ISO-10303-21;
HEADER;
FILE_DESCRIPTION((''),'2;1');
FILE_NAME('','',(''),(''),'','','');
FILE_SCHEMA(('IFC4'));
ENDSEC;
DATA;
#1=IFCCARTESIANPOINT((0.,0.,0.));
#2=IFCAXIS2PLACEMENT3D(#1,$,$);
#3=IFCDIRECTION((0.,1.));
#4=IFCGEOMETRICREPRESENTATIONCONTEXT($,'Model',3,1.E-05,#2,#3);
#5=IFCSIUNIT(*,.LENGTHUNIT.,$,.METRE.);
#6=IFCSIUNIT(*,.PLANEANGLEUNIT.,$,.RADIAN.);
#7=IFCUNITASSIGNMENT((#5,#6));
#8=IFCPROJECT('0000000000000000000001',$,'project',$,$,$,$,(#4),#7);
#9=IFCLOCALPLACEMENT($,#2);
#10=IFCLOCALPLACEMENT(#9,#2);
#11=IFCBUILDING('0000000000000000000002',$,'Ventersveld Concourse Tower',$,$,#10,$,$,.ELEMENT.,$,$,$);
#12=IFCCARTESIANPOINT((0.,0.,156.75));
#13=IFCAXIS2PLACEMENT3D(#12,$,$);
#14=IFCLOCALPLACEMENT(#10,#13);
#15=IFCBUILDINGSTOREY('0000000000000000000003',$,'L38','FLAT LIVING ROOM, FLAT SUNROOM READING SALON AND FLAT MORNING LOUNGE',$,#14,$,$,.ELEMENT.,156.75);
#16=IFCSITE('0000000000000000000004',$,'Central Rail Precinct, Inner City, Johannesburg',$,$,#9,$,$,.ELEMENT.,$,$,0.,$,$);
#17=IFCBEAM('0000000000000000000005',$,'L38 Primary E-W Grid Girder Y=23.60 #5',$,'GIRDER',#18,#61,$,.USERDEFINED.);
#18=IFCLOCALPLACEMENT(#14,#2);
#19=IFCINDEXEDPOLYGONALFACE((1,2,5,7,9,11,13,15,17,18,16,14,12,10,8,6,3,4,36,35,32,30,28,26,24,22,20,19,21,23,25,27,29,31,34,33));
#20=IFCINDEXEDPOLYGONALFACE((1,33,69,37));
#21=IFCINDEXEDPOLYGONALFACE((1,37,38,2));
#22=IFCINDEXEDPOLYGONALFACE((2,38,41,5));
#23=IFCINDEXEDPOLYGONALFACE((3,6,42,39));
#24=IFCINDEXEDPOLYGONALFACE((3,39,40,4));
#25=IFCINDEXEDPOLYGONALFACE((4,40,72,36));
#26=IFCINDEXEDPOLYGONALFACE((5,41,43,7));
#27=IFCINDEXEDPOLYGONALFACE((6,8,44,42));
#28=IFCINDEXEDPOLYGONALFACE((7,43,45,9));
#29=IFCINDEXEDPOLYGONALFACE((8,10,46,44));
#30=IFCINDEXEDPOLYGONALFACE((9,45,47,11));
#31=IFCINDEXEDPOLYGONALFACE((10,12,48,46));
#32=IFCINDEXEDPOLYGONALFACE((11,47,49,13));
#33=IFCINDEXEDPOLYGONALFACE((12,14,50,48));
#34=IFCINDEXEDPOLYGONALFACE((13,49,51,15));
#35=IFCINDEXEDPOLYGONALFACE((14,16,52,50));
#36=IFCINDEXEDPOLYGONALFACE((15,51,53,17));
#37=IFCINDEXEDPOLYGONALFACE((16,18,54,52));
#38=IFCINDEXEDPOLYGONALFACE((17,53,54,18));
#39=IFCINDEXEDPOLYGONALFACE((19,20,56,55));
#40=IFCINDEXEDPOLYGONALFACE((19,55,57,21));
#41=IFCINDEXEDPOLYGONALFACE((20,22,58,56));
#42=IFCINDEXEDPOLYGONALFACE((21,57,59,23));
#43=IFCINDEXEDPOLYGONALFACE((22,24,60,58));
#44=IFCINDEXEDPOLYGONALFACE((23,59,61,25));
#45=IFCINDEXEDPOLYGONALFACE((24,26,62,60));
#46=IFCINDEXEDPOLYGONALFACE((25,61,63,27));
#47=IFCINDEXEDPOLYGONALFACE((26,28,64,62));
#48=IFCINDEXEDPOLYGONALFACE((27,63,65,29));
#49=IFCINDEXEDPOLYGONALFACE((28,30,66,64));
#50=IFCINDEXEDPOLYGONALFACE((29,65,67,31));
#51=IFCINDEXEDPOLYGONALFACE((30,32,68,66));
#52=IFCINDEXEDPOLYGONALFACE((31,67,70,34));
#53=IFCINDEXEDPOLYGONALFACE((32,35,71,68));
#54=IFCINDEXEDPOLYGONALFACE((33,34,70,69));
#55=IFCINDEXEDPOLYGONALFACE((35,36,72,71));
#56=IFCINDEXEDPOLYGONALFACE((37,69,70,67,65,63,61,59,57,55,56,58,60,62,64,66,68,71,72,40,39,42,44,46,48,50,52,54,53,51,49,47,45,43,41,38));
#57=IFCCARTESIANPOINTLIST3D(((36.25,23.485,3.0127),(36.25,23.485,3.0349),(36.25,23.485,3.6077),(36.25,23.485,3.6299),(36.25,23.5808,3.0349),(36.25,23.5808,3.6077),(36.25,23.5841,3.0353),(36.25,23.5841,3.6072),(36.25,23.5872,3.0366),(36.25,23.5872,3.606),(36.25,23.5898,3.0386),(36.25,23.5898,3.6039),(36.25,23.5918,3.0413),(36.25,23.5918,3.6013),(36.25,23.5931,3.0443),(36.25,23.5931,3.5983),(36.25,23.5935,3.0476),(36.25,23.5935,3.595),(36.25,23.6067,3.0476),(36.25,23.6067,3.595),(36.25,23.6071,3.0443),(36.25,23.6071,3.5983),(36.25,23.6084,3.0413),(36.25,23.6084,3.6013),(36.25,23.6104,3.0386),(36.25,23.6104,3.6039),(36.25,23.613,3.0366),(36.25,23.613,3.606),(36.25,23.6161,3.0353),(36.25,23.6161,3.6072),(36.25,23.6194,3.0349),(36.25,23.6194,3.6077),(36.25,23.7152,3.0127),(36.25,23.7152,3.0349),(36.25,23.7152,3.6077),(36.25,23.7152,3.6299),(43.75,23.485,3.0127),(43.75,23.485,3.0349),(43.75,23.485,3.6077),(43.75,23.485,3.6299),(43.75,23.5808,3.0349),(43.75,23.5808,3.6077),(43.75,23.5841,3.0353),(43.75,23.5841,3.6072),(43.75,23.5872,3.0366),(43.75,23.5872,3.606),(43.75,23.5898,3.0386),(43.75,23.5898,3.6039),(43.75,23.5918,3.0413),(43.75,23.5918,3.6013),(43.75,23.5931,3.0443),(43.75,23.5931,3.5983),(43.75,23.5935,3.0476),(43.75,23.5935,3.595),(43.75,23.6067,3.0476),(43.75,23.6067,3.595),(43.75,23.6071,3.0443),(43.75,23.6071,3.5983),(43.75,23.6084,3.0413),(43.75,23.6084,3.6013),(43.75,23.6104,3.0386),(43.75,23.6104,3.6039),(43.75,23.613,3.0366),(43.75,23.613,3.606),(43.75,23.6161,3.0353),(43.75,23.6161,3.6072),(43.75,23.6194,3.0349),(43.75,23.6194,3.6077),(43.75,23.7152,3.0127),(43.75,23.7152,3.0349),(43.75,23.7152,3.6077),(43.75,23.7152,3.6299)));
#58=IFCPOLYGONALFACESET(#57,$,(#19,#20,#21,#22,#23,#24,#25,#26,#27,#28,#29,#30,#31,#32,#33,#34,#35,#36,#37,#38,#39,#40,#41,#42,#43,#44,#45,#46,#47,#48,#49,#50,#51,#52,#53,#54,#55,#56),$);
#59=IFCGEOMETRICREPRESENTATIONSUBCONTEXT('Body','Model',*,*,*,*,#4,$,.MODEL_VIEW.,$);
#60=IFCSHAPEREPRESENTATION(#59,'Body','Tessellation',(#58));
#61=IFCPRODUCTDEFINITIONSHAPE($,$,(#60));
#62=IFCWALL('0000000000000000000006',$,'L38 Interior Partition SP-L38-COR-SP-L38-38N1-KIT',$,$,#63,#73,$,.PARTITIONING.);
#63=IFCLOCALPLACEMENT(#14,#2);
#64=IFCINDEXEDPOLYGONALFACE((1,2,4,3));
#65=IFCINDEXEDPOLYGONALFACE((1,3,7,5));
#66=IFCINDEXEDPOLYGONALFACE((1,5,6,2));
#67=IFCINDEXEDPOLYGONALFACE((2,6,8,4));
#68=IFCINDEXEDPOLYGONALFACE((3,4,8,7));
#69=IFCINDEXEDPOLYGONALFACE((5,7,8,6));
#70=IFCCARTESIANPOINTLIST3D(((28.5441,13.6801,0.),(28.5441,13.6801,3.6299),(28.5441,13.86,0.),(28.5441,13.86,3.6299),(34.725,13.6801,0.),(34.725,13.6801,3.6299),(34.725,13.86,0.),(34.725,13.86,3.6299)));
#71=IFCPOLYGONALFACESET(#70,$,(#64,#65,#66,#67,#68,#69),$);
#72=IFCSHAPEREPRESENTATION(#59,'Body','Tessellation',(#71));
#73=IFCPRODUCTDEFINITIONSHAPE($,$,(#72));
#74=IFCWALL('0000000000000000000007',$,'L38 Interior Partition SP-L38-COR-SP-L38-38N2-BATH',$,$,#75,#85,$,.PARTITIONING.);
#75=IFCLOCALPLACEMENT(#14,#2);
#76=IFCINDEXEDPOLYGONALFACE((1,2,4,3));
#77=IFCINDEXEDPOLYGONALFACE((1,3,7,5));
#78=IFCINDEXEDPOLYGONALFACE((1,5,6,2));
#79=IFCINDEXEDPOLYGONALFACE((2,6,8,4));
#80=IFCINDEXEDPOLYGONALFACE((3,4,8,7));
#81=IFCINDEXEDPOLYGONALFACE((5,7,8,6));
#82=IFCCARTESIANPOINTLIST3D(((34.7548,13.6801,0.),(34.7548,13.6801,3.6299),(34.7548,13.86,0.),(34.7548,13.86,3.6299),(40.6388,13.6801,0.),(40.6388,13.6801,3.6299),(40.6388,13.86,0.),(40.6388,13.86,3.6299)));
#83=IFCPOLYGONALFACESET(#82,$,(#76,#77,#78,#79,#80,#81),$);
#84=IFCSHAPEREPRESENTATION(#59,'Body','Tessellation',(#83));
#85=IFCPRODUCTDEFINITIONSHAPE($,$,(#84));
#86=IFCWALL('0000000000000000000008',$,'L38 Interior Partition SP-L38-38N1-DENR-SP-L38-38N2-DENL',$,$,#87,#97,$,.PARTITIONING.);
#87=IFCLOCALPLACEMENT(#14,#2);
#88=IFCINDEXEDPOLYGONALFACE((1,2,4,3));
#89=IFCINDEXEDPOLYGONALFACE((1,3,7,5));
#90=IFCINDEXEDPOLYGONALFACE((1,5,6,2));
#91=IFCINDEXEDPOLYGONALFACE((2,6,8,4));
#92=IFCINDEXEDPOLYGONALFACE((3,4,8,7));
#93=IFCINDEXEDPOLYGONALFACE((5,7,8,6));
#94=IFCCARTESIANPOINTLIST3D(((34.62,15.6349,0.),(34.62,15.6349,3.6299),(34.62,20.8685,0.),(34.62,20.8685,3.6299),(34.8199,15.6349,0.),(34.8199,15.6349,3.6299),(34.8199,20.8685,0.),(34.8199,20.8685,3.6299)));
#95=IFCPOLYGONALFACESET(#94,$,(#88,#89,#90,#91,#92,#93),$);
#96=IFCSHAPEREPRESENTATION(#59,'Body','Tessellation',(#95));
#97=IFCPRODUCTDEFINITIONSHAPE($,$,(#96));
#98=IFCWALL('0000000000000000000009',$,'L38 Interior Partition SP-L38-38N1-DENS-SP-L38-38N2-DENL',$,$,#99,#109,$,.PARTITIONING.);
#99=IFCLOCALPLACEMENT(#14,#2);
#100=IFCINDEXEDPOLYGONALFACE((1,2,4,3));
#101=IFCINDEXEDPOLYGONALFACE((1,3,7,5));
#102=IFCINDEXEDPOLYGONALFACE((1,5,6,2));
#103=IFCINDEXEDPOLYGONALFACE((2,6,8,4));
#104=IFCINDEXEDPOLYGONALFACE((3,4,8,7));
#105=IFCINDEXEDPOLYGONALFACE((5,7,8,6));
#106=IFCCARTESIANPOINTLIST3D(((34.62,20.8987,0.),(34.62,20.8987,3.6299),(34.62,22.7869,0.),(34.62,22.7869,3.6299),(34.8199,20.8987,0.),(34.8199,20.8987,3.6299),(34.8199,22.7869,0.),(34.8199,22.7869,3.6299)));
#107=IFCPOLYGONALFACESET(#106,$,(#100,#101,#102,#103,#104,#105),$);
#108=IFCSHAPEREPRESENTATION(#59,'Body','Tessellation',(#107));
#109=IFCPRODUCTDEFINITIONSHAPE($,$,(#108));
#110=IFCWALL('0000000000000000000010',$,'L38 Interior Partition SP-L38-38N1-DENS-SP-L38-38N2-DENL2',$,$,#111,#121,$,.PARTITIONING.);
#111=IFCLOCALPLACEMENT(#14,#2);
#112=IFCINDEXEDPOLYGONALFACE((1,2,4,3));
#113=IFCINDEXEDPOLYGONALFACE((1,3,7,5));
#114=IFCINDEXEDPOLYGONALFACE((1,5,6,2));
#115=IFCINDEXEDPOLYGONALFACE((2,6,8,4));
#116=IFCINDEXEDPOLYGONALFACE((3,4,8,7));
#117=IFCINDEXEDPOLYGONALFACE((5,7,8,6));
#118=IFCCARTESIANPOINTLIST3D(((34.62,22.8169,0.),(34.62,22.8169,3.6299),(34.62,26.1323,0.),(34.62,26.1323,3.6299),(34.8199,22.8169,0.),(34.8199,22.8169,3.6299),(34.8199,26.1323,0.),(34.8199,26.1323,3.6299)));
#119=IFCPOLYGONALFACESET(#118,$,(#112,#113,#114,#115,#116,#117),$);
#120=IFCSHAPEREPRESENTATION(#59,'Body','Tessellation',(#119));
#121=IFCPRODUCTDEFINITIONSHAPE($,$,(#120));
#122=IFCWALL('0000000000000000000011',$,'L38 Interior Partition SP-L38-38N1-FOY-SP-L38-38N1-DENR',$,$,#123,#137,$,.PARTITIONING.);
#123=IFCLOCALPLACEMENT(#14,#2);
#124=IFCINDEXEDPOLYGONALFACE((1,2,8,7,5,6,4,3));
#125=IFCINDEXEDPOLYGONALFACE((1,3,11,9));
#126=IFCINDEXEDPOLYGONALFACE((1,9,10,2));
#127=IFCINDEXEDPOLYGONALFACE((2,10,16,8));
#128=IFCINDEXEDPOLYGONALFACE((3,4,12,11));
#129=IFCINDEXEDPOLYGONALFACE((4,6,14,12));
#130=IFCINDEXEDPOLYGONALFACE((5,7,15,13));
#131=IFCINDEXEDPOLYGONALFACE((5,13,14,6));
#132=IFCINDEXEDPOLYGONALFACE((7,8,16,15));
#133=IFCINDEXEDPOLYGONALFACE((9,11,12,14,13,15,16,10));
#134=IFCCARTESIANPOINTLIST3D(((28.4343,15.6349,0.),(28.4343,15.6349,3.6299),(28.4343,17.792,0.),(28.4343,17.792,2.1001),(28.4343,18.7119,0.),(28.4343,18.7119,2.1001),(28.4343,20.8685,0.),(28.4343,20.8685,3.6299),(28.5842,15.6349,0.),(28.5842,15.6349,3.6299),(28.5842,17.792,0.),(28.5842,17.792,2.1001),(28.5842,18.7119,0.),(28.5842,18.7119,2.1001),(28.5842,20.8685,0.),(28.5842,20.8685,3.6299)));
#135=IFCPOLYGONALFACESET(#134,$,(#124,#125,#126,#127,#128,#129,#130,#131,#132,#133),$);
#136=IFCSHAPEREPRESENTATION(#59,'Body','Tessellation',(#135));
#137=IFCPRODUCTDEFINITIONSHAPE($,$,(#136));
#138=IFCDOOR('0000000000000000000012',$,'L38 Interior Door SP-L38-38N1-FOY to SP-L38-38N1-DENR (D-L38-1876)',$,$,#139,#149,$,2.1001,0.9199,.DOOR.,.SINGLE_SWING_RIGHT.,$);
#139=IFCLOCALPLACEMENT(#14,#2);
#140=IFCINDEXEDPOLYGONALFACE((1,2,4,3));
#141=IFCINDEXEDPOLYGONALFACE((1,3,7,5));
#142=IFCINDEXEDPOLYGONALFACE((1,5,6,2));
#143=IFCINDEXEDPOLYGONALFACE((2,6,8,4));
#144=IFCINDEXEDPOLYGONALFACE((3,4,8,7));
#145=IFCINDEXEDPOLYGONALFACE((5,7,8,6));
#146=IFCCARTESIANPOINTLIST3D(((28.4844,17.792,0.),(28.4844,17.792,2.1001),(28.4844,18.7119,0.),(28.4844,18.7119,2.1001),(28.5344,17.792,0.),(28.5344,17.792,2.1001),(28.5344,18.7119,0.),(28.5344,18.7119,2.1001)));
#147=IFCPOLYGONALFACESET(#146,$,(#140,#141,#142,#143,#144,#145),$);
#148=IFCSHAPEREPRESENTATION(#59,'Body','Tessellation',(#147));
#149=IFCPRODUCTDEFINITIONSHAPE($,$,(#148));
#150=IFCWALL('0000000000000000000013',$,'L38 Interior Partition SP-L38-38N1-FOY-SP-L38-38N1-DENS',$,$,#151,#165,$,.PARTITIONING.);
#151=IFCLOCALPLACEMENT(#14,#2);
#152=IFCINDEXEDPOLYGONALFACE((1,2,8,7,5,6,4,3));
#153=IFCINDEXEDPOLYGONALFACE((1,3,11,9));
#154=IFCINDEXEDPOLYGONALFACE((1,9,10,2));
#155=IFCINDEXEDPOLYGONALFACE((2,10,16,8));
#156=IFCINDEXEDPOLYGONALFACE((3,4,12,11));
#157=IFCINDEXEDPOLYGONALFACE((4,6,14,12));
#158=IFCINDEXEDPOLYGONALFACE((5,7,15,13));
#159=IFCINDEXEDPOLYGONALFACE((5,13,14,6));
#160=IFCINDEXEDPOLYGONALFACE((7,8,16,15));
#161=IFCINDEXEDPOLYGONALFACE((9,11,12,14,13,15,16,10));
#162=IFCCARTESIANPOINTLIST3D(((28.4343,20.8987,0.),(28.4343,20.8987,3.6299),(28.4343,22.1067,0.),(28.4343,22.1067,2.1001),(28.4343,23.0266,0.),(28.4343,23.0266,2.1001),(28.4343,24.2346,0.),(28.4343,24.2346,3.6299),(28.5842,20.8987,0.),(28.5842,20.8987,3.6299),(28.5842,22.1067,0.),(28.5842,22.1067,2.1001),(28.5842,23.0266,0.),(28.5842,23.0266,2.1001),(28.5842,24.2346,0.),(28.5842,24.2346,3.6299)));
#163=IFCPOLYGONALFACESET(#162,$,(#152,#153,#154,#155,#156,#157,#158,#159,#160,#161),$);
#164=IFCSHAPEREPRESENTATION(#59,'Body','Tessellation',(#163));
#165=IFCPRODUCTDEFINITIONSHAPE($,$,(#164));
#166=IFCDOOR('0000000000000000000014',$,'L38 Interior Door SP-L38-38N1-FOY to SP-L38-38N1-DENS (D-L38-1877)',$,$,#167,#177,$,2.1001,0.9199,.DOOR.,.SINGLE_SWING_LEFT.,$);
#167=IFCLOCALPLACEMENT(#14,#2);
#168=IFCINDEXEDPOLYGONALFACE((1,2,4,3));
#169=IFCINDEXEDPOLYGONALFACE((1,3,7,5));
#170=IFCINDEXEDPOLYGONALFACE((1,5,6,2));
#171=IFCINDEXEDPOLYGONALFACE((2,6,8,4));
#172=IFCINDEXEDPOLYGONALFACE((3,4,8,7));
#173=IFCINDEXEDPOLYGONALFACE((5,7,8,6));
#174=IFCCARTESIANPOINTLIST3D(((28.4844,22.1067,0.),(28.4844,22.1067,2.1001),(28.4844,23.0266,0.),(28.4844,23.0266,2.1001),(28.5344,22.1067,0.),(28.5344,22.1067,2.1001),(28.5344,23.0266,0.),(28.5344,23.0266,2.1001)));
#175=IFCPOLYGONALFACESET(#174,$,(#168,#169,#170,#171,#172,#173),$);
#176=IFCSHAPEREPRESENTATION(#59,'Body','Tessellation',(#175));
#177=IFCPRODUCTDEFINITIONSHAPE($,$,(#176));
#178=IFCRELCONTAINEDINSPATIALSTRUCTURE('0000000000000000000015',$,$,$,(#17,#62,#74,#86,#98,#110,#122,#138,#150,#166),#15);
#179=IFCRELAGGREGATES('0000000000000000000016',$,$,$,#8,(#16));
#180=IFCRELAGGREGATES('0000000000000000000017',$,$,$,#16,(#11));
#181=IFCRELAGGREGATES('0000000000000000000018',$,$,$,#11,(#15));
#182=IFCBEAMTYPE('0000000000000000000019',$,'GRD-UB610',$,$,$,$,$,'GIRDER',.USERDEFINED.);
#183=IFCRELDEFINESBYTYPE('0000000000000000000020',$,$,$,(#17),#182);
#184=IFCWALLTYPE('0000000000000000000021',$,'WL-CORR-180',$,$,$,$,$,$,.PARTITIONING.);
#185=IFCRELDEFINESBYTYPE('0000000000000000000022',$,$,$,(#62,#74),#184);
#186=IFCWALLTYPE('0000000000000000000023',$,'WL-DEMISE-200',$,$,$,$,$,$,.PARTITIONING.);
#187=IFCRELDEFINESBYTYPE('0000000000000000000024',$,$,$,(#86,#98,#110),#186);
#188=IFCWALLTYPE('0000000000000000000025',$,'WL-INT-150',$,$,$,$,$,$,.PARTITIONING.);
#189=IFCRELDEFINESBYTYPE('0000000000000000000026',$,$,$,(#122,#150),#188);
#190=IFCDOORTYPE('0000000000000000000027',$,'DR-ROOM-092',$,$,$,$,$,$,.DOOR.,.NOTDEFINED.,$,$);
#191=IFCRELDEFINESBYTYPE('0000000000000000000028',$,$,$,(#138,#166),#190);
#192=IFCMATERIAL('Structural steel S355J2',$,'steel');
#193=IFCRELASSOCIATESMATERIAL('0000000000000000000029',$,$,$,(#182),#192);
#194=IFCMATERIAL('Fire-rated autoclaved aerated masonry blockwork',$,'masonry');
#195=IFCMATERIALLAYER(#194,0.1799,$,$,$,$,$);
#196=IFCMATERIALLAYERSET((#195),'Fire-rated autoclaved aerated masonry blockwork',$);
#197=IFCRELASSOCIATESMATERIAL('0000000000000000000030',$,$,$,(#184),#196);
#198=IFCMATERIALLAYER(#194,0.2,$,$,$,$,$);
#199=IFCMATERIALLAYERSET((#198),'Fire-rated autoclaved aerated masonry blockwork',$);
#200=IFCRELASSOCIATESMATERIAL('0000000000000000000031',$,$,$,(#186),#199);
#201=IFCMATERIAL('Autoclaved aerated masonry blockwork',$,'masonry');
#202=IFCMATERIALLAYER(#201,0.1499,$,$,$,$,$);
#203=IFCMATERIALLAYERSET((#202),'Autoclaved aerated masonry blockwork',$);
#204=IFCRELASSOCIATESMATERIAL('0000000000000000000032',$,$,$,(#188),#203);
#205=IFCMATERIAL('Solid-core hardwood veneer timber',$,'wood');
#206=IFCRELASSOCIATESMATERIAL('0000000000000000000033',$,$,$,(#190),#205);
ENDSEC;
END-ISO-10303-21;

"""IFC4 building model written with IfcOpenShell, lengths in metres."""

from ifc_helpers import new_model, si_unit, direction, frame, frame_2d, origin, origin_2d, place, context, subcontext, project, spatial, rectangle, i_section, extrude, material, layer, layer_set, material_profile, profile_set, type_object, element, fill, save


model = new_model("IFC4")

# Units and contexts
model_context = context("Model", 3, precision=1e-05, world=origin(), true_north=direction((0.0, 1.0)))
body_context = subcontext(model_context, "Body", "Model", "MODEL_VIEW")
ifc_project = project(units=[si_unit("LENGTHUNIT", "METRE"), si_unit("PLANEANGLEUNIT", "RADIAN")], contexts=[model_context])

# Site, building, storey
site_placement = place(None, origin())
site = spatial("IfcSite", under=ifc_project, at=site_placement, Name="Central Rail Precinct, Inner City, Johannesburg", CompositionType="ELEMENT", RefElevation=0.0)
building_placement = place(site_placement, origin())
building = spatial("IfcBuilding", under=site, at=building_placement, Name="Ventersveld Concourse Tower", CompositionType="ELEMENT")
storey_placement = place(building_placement, frame((0.0, 0.0, 156.75)))
storey = spatial("IfcBuildingStorey", under=building, at=storey_placement, Name="L38", Description="FLAT LIVING ROOM, FLAT SUNROOM READING SALON AND FLAT MORNING LOUNGE", CompositionType="ELEMENT", Elevation=156.75)

# Beam
ifc_material_1 = material(Name="Structural steel S355J2", Category="steel")
ifc_material_profile_1 = material_profile(ifc_material_1, i_section(OverallWidth=0.2302, OverallDepth=0.6172, WebThickness=0.0132, FlangeThickness=0.0222, FilletRadius=0.0127, at=origin_2d()), Name="UB 610x229x140")
ifc_profile_set_1 = profile_set([ifc_material_profile_1], Name="Structural steel S355J2")
beam_type_1 = type_object("IfcBeamType", Name="GRD-UB610", ElementType="GIRDER", PredefinedType="USERDEFINED", material=ifc_profile_set_1)
for number, where, z_axis, x_axis, name in (
    (1, (36.25, 23.6001, 3.3213), (1.0, 0.0, 0.0), (0.0, 1.0, 0.0), "L38 Primary E-W Grid Girder Y=23.60 #5"),
):
    element("IfcBeam", number, at=place(storey_placement, frame(where, z_axis=z_axis, x_axis=x_axis)), inside=storey, type_object=beam_type_1, Name=name, ObjectType="GIRDER", PredefinedType="USERDEFINED", context=body_context, shape_type="SweptSolid", body=[
        extrude(i_section(OverallWidth=0.2302, OverallDepth=0.6172, WebThickness=0.0132, FlangeThickness=0.0222, FilletRadius=0.0127, at=origin_2d()), origin(), (0.0, 0.0, 1.0), 7.5),
    ])

# Walls
ifc_material_2 = material(Name="Fire-rated autoclaved aerated masonry blockwork", Category="masonry")
ifc_layer_1 = layer(ifc_material_2, 0.1799)
ifc_layer_set_1 = layer_set([ifc_layer_1], Name="Fire-rated autoclaved aerated masonry blockwork")
wall_type_1 = type_object("IfcWallType", Name="WL-CORR-180", PredefinedType="PARTITIONING", material=ifc_layer_set_1)
wall_1_placement = place(storey_placement, frame((28.5442, 13.77, 0.0), z_axis=(0.0, 0.0, 1.0), x_axis=(1.0, 0.0, 0.0)))
element("IfcWall", 2, at=wall_1_placement, inside=storey, type_object=wall_type_1, Name="L38 Interior Partition SP-L38-COR-SP-L38-38N1-KIT", PredefinedType="PARTITIONING", context=body_context, shape_type="SweptSolid", body=[
    extrude(rectangle(XDim=6.1809, YDim=0.1799, at=frame_2d((3.0903, 0.0))), origin(), (0.0, 0.0, 1.0), 3.6299),
])
wall_2_placement = place(storey_placement, frame((34.7549, 13.77, 0.0), z_axis=(0.0, 0.0, 1.0), x_axis=(1.0, 0.0, 0.0)))
element("IfcWall", 3, at=wall_2_placement, inside=storey, type_object=wall_type_1, Name="L38 Interior Partition SP-L38-COR-SP-L38-38N2-BATH", PredefinedType="PARTITIONING", context=body_context, shape_type="SweptSolid", body=[
    extrude(rectangle(XDim=5.884, YDim=0.1799, at=frame_2d((2.9419, 0.0))), origin(), (0.0, 0.0, 1.0), 3.6299),
])
ifc_layer_2 = layer(ifc_material_2, 0.2)
ifc_layer_set_2 = layer_set([ifc_layer_2], Name="Fire-rated autoclaved aerated masonry blockwork")
wall_type_2 = type_object("IfcWallType", Name="WL-DEMISE-200", PredefinedType="PARTITIONING", material=ifc_layer_set_2)
wall_3_placement = place(storey_placement, frame((34.72, 15.635, 0.0), z_axis=(0.0, 0.0, 1.0), x_axis=(0.0, 1.0, 0.0)))
element("IfcWall", 4, at=wall_3_placement, inside=storey, type_object=wall_type_2, Name="L38 Interior Partition SP-L38-38N1-DENR-SP-L38-38N2-DENL", PredefinedType="PARTITIONING", context=body_context, shape_type="SweptSolid", body=[
    extrude(rectangle(XDim=5.2336, YDim=0.2, at=frame_2d((2.6167, 0.0))), origin(), (0.0, 0.0, 1.0), 3.6299),
])
wall_4_placement = place(storey_placement, frame((34.72, 20.8987, 0.0), z_axis=(0.0, 0.0, 1.0), x_axis=(0.0, 1.0, 0.0)))
element("IfcWall", 5, at=wall_4_placement, inside=storey, type_object=wall_type_2, Name="L38 Interior Partition SP-L38-38N1-DENS-SP-L38-38N2-DENL", PredefinedType="PARTITIONING", context=body_context, shape_type="SweptSolid", body=[
    extrude(rectangle(XDim=1.8882, YDim=0.2, at=frame_2d((0.9441, 0.0))), origin(), (0.0, 0.0, 1.0), 3.6299),
])
wall_5_placement = place(storey_placement, frame((34.72, 22.8169, 0.0), z_axis=(0.0, 0.0, 1.0), x_axis=(0.0, 1.0, 0.0)))
element("IfcWall", 6, at=wall_5_placement, inside=storey, type_object=wall_type_2, Name="L38 Interior Partition SP-L38-38N1-DENS-SP-L38-38N2-DENL2", PredefinedType="PARTITIONING", context=body_context, shape_type="SweptSolid", body=[
    extrude(rectangle(XDim=3.3154, YDim=0.2, at=frame_2d((1.6577, 0.0))), origin(), (0.0, 0.0, 1.0), 3.6299),
])

# Walls, openings, doors
ifc_material_3 = material(Name="Autoclaved aerated masonry blockwork", Category="masonry")
ifc_layer_3 = layer(ifc_material_3, 0.1499)
ifc_layer_set_3 = layer_set([ifc_layer_3], Name="Autoclaved aerated masonry blockwork")
wall_type_3 = type_object("IfcWallType", Name="WL-INT-150", PredefinedType="PARTITIONING", material=ifc_layer_set_3)
wall_6_placement = place(storey_placement, frame((28.5093, 15.635, 0.0), z_axis=(0.0, 0.0, 1.0), x_axis=(0.0, 1.0, 0.0)))
wall_6 = element("IfcWall", 7, at=wall_6_placement, inside=storey, type_object=wall_type_3, Name="L38 Interior Partition SP-L38-38N1-FOY-SP-L38-38N1-DENR", PredefinedType="PARTITIONING", context=body_context, shape_type="SweptSolid", body=[
    extrude(rectangle(XDim=5.2336, YDim=0.1499, at=frame_2d((2.6167, 0.0))), origin(), (0.0, 0.0, 1.0), 3.6299),
])
opening_1_placement = place(wall_6_placement, frame((2.157, 0.0, 0.0)))
opening_1 = element("IfcOpeningElement", 8, at=opening_1_placement, cuts=wall_6, PredefinedType="OPENING", context=body_context, shape_type="SweptSolid", body=[
    extrude(rectangle(XDim=0.9199, YDim=2.1001, at=frame_2d((0.46, 1.05))), frame((0.0, 0.085, 0.0), z_axis=(0.0, -1.0, 0.0), x_axis=(1.0, 0.0, 0.0)), (0.0, 0.0, 1.0), 0.1699),
])
ifc_material_4 = material(Name="Solid-core hardwood veneer timber", Category="wood")
door_type = type_object("IfcDoorType", Name="DR-ROOM-092", OperationType="NOTDEFINED", PredefinedType="DOOR", material=ifc_material_4)
door_1_placement = place(opening_1_placement, origin())
door_1 = element("IfcDoor", 9, at=door_1_placement, inside=storey, type_object=door_type, Name="L38 Interior Door SP-L38-38N1-FOY to SP-L38-38N1-DENR (D-L38-1876)", OperationType="SINGLE_SWING_RIGHT", OverallHeight=2.1001, OverallWidth=0.9199, PredefinedType="DOOR", context=body_context, shape_type="SweptSolid", body=[
    extrude(rectangle(XDim=0.9199, YDim=2.1001, at=frame_2d((0.46, 1.05))), frame((0.0, 0.0249, 0.0), z_axis=(0.0, -1.0, 0.0), x_axis=(1.0, 0.0, 0.0)), (0.0, 0.0, 1.0), 0.05),
])
fill(opening_1, door_1)
wall_7_placement = place(storey_placement, frame((28.5093, 20.8987, 0.0), z_axis=(0.0, 0.0, 1.0), x_axis=(0.0, 1.0, 0.0)))
wall_7 = element("IfcWall", 10, at=wall_7_placement, inside=storey, type_object=wall_type_3, Name="L38 Interior Partition SP-L38-38N1-FOY-SP-L38-38N1-DENS", PredefinedType="PARTITIONING", context=body_context, shape_type="SweptSolid", body=[
    extrude(rectangle(XDim=3.3359, YDim=0.1499, at=frame_2d((1.668, 0.0))), origin(), (0.0, 0.0, 1.0), 3.6299),
])
opening_2_placement = place(wall_7_placement, frame((1.208, 0.0, 0.0)))
opening_2 = element("IfcOpeningElement", 11, at=opening_2_placement, cuts=wall_7, PredefinedType="OPENING", context=body_context, shape_type="SweptSolid", body=[
    extrude(rectangle(XDim=0.9199, YDim=2.1001, at=frame_2d((0.46, 1.05))), frame((0.0, 0.085, 0.0), z_axis=(0.0, -1.0, 0.0), x_axis=(1.0, 0.0, 0.0)), (0.0, 0.0, 1.0), 0.1699),
])
door_2_placement = place(opening_2_placement, origin())
door_2 = element("IfcDoor", 12, at=door_2_placement, inside=storey, type_object=door_type, Name="L38 Interior Door SP-L38-38N1-FOY to SP-L38-38N1-DENS (D-L38-1877)", OperationType="SINGLE_SWING_LEFT", OverallHeight=2.1001, OverallWidth=0.9199, PredefinedType="DOOR", context=body_context, shape_type="SweptSolid", body=[
    extrude(rectangle(XDim=0.9199, YDim=2.1001, at=frame_2d((0.46, 1.05))), frame((0.0, 0.0249, 0.0), z_axis=(0.0, -1.0, 0.0), x_axis=(1.0, 0.0, 0.0)), (0.0, 0.0, 1.0), 0.05),
])
fill(opening_2, door_2)

save(model, "model.ifc")
